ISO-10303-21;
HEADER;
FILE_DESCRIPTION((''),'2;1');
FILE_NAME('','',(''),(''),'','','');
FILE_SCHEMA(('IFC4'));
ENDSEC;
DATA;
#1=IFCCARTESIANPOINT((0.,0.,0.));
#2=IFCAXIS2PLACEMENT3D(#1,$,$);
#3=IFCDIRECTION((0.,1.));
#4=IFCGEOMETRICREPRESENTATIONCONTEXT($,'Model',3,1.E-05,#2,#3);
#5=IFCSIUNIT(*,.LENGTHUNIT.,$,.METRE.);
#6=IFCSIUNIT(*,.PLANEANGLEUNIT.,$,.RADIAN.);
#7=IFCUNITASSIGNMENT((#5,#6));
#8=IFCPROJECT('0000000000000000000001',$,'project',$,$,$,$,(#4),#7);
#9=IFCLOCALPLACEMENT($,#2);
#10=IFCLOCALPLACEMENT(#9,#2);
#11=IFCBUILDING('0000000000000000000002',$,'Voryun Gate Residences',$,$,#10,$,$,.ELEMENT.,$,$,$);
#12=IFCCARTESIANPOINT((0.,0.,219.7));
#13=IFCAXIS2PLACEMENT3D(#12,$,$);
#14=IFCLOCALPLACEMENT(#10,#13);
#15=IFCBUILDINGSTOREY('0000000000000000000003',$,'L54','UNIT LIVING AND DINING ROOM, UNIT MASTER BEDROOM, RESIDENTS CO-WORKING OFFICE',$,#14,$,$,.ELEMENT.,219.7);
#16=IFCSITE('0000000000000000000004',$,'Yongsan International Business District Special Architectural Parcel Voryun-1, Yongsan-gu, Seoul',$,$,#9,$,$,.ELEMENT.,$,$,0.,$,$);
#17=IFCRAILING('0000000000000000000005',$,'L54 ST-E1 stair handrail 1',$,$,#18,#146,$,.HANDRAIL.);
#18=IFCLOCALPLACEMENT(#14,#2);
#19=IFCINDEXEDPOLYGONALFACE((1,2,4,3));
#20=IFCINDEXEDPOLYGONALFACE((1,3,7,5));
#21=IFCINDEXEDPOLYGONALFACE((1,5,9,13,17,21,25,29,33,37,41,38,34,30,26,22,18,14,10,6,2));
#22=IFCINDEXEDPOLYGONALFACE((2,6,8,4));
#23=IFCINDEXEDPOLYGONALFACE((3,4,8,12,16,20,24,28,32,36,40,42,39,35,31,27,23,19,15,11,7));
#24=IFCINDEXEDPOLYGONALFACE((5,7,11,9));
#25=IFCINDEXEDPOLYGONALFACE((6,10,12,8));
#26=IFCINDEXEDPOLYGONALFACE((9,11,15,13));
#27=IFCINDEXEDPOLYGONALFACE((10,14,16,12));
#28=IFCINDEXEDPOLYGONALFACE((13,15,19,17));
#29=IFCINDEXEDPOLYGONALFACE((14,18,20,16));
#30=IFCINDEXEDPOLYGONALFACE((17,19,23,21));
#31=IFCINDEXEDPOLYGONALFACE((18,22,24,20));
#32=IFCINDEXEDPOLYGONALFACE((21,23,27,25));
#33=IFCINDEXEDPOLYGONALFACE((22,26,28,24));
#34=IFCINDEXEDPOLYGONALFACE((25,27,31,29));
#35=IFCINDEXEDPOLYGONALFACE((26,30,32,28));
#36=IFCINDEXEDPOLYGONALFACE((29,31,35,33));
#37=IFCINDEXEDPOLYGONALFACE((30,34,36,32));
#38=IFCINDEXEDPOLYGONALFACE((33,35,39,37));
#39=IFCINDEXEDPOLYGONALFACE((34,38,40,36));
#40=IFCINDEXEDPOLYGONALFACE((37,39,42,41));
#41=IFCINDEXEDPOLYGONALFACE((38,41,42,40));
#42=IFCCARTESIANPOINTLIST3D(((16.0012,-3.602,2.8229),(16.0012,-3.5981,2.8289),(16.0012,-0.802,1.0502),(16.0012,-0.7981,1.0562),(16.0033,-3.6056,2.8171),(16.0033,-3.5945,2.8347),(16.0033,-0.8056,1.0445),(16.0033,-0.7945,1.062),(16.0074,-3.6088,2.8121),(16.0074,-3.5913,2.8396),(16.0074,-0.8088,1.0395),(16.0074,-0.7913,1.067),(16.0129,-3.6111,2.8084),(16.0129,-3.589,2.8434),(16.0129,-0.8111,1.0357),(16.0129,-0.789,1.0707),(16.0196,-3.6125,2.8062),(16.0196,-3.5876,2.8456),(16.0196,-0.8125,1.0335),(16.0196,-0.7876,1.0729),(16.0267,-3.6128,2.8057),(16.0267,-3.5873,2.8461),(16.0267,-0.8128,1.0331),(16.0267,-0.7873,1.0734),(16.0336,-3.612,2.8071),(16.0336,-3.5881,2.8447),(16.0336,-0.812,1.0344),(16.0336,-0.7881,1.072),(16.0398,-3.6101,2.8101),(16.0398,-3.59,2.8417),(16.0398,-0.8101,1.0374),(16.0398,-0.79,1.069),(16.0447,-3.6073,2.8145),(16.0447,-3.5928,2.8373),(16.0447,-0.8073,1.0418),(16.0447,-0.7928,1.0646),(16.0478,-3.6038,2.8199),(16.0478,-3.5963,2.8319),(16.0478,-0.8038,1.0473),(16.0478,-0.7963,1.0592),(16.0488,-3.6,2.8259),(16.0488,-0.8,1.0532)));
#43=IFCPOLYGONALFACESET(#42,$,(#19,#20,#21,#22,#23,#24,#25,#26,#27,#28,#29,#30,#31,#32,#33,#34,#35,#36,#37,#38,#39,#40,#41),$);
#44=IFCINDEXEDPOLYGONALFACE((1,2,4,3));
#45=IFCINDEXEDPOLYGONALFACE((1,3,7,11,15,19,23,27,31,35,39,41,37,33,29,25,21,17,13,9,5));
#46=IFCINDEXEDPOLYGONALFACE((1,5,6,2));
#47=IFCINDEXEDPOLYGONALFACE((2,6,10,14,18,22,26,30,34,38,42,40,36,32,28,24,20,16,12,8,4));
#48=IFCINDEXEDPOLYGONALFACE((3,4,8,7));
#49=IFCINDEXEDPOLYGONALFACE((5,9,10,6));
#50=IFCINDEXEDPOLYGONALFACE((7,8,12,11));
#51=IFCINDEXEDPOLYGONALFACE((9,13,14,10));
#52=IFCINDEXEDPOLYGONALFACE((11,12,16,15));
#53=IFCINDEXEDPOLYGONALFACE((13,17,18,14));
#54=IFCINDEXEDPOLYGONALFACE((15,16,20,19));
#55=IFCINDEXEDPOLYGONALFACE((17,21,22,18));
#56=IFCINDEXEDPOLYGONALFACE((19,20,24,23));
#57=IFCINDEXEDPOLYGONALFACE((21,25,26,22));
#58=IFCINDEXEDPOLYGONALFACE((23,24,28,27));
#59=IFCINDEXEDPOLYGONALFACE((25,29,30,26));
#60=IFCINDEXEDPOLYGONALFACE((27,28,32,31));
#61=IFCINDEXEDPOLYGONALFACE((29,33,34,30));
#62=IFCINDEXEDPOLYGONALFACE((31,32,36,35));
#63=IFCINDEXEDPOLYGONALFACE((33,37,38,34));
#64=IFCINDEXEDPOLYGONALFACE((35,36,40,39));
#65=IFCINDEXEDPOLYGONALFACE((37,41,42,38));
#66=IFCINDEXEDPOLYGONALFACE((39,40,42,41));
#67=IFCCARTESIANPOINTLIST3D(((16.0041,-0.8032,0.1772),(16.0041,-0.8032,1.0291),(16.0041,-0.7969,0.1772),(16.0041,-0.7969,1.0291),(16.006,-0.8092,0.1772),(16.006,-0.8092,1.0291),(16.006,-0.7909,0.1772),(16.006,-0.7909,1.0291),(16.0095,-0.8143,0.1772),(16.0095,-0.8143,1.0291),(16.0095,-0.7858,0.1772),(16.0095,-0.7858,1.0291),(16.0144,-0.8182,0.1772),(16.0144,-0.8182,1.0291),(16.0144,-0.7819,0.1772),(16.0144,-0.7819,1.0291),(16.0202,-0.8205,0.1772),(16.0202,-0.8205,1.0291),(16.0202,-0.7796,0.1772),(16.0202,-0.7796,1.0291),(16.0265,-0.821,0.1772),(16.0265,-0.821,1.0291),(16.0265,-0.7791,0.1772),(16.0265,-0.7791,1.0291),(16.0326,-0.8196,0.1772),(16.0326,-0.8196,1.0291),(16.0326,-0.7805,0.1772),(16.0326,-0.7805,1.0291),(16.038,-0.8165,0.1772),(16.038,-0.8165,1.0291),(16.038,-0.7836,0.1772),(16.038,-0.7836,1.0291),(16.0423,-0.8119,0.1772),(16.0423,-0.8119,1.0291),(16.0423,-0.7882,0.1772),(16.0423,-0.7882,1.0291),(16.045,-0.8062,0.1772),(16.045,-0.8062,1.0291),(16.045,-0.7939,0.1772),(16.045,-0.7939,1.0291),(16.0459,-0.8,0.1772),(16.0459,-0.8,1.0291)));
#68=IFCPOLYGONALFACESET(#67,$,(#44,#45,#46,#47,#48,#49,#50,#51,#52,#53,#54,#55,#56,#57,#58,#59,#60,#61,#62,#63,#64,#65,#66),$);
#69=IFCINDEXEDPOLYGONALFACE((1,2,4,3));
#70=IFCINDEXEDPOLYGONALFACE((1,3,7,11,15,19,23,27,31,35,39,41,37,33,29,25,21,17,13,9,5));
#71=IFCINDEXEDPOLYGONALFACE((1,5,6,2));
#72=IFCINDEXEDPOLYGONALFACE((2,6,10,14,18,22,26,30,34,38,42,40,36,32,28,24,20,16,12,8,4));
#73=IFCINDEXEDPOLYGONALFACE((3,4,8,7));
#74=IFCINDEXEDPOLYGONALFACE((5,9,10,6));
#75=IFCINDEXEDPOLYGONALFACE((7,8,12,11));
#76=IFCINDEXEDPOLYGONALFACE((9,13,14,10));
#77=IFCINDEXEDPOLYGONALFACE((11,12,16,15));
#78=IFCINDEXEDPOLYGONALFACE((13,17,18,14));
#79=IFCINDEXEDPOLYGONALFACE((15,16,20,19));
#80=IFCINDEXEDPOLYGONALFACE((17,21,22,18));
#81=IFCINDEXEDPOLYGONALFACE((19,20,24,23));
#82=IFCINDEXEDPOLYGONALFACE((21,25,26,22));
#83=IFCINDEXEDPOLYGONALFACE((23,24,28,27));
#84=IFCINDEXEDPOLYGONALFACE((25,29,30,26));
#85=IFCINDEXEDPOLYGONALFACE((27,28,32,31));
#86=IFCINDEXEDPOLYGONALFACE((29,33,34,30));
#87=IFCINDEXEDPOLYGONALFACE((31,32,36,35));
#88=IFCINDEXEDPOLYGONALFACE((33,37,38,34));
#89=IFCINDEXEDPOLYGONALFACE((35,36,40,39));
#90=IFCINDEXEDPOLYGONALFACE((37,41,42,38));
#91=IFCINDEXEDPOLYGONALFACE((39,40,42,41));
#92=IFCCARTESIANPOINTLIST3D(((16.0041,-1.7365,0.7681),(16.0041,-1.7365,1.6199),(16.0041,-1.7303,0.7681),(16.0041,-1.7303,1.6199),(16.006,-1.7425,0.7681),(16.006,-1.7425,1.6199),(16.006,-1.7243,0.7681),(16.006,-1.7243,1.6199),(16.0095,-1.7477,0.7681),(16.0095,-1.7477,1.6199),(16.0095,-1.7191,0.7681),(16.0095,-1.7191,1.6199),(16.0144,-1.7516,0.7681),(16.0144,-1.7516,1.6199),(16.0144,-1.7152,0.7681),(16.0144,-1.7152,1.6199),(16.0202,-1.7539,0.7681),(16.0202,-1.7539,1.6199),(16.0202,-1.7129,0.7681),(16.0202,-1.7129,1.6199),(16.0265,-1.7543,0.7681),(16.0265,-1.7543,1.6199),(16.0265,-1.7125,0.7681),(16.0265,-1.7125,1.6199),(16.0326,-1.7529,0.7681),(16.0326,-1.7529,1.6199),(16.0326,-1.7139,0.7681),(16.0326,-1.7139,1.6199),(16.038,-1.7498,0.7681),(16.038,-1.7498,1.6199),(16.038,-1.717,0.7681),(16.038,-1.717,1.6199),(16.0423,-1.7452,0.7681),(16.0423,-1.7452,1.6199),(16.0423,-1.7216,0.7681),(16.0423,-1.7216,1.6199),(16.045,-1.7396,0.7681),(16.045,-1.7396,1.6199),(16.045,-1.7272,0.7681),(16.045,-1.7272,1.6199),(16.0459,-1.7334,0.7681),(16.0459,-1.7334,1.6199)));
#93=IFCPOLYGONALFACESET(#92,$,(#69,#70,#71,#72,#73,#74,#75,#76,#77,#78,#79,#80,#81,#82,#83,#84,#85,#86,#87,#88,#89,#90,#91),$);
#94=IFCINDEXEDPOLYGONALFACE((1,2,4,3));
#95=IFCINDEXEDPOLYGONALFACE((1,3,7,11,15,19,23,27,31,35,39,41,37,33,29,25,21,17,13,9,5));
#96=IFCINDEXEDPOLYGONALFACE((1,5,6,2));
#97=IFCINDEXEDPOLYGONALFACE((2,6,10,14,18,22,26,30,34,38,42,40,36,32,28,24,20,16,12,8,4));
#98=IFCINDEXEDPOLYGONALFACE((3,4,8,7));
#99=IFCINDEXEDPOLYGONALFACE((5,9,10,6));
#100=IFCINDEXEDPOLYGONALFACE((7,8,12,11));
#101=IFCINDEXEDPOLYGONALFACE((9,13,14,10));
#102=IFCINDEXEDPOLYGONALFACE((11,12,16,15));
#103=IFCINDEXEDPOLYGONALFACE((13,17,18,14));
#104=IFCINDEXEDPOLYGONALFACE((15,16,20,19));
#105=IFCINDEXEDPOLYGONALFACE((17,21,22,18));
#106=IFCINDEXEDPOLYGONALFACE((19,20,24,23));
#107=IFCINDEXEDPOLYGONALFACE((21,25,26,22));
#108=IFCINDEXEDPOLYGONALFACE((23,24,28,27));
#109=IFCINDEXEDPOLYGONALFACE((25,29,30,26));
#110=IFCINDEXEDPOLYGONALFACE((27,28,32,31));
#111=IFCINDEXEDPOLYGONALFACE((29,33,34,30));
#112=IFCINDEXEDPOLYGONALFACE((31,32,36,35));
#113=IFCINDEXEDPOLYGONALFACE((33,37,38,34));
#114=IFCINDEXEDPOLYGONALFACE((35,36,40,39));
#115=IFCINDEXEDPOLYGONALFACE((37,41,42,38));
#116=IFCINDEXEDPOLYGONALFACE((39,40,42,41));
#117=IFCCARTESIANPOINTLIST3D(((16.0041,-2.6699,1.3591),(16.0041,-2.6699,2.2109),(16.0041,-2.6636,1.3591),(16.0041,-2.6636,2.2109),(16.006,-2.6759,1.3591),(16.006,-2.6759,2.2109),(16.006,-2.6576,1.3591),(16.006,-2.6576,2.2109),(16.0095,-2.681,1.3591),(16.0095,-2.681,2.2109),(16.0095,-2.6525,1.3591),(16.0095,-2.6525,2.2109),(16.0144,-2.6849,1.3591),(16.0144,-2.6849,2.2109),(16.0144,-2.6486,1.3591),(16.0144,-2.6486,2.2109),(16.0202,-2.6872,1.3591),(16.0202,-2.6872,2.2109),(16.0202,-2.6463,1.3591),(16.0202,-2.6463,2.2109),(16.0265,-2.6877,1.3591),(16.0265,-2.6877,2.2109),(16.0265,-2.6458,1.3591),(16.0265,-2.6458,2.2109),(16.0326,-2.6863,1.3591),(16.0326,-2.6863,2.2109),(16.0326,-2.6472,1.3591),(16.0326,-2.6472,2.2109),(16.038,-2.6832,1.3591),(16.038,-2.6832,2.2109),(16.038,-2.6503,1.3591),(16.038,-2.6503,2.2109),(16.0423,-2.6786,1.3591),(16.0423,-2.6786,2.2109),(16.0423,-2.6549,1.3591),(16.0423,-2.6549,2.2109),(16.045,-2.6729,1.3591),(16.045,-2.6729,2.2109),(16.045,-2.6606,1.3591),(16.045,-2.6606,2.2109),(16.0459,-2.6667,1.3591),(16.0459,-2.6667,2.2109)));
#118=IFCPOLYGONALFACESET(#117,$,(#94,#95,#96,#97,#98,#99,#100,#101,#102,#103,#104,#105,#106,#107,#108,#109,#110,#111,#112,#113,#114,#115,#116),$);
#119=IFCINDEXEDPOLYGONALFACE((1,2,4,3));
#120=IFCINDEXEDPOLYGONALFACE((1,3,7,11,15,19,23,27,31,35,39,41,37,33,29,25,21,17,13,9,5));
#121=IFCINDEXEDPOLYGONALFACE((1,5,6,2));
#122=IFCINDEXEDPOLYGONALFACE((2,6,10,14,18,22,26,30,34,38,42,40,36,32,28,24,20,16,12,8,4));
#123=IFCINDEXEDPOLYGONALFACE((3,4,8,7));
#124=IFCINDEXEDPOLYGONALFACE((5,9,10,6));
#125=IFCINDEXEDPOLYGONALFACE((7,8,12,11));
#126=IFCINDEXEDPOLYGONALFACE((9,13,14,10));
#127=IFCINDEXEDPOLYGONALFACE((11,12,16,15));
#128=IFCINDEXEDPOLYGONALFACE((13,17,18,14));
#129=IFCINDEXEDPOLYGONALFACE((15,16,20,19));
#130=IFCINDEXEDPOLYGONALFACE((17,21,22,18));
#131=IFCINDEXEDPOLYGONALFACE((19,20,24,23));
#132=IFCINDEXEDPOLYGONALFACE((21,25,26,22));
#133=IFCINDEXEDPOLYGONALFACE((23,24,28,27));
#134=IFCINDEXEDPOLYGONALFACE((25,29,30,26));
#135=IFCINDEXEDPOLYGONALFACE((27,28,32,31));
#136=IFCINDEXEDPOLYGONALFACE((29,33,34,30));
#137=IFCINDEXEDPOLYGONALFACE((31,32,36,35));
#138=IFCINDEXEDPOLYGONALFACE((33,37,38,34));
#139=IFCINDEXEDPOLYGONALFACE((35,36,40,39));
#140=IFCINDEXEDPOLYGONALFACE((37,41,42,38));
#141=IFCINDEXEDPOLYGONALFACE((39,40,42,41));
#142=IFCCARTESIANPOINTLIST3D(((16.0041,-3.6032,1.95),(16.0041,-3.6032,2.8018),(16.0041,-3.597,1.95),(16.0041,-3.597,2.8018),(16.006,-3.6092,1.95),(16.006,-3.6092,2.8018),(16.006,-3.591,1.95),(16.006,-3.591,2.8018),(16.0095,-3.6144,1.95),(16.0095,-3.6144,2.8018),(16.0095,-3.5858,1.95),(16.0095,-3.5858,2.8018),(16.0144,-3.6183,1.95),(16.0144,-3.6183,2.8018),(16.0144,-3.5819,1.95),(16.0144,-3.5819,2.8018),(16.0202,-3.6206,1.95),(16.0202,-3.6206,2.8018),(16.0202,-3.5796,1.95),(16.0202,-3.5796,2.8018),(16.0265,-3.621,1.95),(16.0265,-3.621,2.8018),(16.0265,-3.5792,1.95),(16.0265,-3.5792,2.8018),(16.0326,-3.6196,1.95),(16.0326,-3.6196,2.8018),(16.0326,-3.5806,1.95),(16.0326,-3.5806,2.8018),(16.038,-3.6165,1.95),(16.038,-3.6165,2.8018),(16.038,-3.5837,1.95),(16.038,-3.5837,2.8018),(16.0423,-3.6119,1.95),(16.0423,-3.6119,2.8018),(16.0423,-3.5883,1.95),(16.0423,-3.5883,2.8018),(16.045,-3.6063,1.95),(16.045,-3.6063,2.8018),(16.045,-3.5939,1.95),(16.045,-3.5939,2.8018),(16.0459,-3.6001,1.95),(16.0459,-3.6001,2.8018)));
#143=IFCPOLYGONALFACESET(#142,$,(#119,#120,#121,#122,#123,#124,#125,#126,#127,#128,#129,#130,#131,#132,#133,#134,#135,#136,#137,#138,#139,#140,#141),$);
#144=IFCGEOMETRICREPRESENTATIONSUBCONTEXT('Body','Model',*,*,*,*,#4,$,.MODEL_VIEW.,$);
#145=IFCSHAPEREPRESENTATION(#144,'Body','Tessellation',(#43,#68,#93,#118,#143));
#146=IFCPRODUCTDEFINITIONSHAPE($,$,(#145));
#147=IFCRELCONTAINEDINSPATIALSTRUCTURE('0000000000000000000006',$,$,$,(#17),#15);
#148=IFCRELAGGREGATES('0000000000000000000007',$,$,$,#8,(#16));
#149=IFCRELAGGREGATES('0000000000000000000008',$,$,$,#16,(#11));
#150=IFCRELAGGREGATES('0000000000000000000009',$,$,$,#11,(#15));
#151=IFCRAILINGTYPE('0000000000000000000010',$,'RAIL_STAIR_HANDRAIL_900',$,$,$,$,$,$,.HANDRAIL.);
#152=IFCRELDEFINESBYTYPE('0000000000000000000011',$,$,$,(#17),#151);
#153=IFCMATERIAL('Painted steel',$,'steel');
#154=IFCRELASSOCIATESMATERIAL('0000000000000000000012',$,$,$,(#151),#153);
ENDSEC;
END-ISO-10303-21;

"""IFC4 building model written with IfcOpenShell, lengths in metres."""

from ifc_helpers import new_model, si_unit, direction, frame, origin, origin_2d, place, context, subcontext, project, spatial, circle, extrude, material, type_object, element, save


model = new_model("IFC4")

# Units and contexts
model_context = context("Model", 3, precision=1e-05, world=origin(), true_north=direction((0.0, 1.0)))
body_context = subcontext(model_context, "Body", "Model", "MODEL_VIEW")
ifc_project = project(units=[si_unit("LENGTHUNIT", "METRE"), si_unit("PLANEANGLEUNIT", "RADIAN")], contexts=[model_context])

# Site, building, storey
site_placement = place(None, origin())
site = spatial("IfcSite", under=ifc_project, at=site_placement, Name="Yongsan International Business District Special Architectural Parcel Voryun-1, Yongsan-gu, Seoul", CompositionType="ELEMENT", RefElevation=0.0)
building_placement = place(site_placement, origin())
building = spatial("IfcBuilding", under=site, at=building_placement, Name="Voryun Gate Residences", CompositionType="ELEMENT")
storey_placement = place(building_placement, frame((0.0, 0.0, 219.7)))
storey = spatial("IfcBuildingStorey", under=building, at=storey_placement, Name="L54", Description="UNIT LIVING AND DINING ROOM, UNIT MASTER BEDROOM, RESIDENTS CO-WORKING OFFICE", CompositionType="ELEMENT", Elevation=219.7)

# Railing
ifc_material_1 = material(Name="Painted steel", Category="steel")
railing_type_1 = type_object("IfcRailingType", Name="RAIL_STAIR_HANDRAIL_900", PredefinedType="HANDRAIL", material=ifc_material_1)
railing_1_placement = place(storey_placement, frame((16.0249, -0.8, 0.1772)))
element("IfcRailing", 1, at=railing_1_placement, inside=storey, type_object=railing_type_1, Name="L54 ST-E1 stair handrail 1", PredefinedType="HANDRAIL", context=body_context, shape_type="SweptSolid", body=[
    extrude(circle(Radius=0.0239, at=origin_2d()), frame((0.0, 0.0, 0.876), z_axis=(0.0, -0.844909, 0.53491), x_axis=(1.0, 0.0, 0.0)), (0.0, 0.0, 1.0), 3.314),
    extrude(circle(Radius=0.021, at=origin_2d()), origin(), (0.0, 0.0, 1.0), 0.8518),
    extrude(circle(Radius=0.021, at=origin_2d()), frame((0.0, -0.9333, 0.5908)), (0.0, 0.0, 1.0), 0.8518),
    extrude(circle(Radius=0.021, at=origin_2d()), frame((0.0, -1.8667, 1.1819)), (0.0, 0.0, 1.0), 0.8518),
    extrude(circle(Radius=0.021, at=origin_2d()), frame((0.0, -2.8, 1.7727)), (0.0, 0.0, 1.0), 0.8518),
])

save(model, "model.ifc")
